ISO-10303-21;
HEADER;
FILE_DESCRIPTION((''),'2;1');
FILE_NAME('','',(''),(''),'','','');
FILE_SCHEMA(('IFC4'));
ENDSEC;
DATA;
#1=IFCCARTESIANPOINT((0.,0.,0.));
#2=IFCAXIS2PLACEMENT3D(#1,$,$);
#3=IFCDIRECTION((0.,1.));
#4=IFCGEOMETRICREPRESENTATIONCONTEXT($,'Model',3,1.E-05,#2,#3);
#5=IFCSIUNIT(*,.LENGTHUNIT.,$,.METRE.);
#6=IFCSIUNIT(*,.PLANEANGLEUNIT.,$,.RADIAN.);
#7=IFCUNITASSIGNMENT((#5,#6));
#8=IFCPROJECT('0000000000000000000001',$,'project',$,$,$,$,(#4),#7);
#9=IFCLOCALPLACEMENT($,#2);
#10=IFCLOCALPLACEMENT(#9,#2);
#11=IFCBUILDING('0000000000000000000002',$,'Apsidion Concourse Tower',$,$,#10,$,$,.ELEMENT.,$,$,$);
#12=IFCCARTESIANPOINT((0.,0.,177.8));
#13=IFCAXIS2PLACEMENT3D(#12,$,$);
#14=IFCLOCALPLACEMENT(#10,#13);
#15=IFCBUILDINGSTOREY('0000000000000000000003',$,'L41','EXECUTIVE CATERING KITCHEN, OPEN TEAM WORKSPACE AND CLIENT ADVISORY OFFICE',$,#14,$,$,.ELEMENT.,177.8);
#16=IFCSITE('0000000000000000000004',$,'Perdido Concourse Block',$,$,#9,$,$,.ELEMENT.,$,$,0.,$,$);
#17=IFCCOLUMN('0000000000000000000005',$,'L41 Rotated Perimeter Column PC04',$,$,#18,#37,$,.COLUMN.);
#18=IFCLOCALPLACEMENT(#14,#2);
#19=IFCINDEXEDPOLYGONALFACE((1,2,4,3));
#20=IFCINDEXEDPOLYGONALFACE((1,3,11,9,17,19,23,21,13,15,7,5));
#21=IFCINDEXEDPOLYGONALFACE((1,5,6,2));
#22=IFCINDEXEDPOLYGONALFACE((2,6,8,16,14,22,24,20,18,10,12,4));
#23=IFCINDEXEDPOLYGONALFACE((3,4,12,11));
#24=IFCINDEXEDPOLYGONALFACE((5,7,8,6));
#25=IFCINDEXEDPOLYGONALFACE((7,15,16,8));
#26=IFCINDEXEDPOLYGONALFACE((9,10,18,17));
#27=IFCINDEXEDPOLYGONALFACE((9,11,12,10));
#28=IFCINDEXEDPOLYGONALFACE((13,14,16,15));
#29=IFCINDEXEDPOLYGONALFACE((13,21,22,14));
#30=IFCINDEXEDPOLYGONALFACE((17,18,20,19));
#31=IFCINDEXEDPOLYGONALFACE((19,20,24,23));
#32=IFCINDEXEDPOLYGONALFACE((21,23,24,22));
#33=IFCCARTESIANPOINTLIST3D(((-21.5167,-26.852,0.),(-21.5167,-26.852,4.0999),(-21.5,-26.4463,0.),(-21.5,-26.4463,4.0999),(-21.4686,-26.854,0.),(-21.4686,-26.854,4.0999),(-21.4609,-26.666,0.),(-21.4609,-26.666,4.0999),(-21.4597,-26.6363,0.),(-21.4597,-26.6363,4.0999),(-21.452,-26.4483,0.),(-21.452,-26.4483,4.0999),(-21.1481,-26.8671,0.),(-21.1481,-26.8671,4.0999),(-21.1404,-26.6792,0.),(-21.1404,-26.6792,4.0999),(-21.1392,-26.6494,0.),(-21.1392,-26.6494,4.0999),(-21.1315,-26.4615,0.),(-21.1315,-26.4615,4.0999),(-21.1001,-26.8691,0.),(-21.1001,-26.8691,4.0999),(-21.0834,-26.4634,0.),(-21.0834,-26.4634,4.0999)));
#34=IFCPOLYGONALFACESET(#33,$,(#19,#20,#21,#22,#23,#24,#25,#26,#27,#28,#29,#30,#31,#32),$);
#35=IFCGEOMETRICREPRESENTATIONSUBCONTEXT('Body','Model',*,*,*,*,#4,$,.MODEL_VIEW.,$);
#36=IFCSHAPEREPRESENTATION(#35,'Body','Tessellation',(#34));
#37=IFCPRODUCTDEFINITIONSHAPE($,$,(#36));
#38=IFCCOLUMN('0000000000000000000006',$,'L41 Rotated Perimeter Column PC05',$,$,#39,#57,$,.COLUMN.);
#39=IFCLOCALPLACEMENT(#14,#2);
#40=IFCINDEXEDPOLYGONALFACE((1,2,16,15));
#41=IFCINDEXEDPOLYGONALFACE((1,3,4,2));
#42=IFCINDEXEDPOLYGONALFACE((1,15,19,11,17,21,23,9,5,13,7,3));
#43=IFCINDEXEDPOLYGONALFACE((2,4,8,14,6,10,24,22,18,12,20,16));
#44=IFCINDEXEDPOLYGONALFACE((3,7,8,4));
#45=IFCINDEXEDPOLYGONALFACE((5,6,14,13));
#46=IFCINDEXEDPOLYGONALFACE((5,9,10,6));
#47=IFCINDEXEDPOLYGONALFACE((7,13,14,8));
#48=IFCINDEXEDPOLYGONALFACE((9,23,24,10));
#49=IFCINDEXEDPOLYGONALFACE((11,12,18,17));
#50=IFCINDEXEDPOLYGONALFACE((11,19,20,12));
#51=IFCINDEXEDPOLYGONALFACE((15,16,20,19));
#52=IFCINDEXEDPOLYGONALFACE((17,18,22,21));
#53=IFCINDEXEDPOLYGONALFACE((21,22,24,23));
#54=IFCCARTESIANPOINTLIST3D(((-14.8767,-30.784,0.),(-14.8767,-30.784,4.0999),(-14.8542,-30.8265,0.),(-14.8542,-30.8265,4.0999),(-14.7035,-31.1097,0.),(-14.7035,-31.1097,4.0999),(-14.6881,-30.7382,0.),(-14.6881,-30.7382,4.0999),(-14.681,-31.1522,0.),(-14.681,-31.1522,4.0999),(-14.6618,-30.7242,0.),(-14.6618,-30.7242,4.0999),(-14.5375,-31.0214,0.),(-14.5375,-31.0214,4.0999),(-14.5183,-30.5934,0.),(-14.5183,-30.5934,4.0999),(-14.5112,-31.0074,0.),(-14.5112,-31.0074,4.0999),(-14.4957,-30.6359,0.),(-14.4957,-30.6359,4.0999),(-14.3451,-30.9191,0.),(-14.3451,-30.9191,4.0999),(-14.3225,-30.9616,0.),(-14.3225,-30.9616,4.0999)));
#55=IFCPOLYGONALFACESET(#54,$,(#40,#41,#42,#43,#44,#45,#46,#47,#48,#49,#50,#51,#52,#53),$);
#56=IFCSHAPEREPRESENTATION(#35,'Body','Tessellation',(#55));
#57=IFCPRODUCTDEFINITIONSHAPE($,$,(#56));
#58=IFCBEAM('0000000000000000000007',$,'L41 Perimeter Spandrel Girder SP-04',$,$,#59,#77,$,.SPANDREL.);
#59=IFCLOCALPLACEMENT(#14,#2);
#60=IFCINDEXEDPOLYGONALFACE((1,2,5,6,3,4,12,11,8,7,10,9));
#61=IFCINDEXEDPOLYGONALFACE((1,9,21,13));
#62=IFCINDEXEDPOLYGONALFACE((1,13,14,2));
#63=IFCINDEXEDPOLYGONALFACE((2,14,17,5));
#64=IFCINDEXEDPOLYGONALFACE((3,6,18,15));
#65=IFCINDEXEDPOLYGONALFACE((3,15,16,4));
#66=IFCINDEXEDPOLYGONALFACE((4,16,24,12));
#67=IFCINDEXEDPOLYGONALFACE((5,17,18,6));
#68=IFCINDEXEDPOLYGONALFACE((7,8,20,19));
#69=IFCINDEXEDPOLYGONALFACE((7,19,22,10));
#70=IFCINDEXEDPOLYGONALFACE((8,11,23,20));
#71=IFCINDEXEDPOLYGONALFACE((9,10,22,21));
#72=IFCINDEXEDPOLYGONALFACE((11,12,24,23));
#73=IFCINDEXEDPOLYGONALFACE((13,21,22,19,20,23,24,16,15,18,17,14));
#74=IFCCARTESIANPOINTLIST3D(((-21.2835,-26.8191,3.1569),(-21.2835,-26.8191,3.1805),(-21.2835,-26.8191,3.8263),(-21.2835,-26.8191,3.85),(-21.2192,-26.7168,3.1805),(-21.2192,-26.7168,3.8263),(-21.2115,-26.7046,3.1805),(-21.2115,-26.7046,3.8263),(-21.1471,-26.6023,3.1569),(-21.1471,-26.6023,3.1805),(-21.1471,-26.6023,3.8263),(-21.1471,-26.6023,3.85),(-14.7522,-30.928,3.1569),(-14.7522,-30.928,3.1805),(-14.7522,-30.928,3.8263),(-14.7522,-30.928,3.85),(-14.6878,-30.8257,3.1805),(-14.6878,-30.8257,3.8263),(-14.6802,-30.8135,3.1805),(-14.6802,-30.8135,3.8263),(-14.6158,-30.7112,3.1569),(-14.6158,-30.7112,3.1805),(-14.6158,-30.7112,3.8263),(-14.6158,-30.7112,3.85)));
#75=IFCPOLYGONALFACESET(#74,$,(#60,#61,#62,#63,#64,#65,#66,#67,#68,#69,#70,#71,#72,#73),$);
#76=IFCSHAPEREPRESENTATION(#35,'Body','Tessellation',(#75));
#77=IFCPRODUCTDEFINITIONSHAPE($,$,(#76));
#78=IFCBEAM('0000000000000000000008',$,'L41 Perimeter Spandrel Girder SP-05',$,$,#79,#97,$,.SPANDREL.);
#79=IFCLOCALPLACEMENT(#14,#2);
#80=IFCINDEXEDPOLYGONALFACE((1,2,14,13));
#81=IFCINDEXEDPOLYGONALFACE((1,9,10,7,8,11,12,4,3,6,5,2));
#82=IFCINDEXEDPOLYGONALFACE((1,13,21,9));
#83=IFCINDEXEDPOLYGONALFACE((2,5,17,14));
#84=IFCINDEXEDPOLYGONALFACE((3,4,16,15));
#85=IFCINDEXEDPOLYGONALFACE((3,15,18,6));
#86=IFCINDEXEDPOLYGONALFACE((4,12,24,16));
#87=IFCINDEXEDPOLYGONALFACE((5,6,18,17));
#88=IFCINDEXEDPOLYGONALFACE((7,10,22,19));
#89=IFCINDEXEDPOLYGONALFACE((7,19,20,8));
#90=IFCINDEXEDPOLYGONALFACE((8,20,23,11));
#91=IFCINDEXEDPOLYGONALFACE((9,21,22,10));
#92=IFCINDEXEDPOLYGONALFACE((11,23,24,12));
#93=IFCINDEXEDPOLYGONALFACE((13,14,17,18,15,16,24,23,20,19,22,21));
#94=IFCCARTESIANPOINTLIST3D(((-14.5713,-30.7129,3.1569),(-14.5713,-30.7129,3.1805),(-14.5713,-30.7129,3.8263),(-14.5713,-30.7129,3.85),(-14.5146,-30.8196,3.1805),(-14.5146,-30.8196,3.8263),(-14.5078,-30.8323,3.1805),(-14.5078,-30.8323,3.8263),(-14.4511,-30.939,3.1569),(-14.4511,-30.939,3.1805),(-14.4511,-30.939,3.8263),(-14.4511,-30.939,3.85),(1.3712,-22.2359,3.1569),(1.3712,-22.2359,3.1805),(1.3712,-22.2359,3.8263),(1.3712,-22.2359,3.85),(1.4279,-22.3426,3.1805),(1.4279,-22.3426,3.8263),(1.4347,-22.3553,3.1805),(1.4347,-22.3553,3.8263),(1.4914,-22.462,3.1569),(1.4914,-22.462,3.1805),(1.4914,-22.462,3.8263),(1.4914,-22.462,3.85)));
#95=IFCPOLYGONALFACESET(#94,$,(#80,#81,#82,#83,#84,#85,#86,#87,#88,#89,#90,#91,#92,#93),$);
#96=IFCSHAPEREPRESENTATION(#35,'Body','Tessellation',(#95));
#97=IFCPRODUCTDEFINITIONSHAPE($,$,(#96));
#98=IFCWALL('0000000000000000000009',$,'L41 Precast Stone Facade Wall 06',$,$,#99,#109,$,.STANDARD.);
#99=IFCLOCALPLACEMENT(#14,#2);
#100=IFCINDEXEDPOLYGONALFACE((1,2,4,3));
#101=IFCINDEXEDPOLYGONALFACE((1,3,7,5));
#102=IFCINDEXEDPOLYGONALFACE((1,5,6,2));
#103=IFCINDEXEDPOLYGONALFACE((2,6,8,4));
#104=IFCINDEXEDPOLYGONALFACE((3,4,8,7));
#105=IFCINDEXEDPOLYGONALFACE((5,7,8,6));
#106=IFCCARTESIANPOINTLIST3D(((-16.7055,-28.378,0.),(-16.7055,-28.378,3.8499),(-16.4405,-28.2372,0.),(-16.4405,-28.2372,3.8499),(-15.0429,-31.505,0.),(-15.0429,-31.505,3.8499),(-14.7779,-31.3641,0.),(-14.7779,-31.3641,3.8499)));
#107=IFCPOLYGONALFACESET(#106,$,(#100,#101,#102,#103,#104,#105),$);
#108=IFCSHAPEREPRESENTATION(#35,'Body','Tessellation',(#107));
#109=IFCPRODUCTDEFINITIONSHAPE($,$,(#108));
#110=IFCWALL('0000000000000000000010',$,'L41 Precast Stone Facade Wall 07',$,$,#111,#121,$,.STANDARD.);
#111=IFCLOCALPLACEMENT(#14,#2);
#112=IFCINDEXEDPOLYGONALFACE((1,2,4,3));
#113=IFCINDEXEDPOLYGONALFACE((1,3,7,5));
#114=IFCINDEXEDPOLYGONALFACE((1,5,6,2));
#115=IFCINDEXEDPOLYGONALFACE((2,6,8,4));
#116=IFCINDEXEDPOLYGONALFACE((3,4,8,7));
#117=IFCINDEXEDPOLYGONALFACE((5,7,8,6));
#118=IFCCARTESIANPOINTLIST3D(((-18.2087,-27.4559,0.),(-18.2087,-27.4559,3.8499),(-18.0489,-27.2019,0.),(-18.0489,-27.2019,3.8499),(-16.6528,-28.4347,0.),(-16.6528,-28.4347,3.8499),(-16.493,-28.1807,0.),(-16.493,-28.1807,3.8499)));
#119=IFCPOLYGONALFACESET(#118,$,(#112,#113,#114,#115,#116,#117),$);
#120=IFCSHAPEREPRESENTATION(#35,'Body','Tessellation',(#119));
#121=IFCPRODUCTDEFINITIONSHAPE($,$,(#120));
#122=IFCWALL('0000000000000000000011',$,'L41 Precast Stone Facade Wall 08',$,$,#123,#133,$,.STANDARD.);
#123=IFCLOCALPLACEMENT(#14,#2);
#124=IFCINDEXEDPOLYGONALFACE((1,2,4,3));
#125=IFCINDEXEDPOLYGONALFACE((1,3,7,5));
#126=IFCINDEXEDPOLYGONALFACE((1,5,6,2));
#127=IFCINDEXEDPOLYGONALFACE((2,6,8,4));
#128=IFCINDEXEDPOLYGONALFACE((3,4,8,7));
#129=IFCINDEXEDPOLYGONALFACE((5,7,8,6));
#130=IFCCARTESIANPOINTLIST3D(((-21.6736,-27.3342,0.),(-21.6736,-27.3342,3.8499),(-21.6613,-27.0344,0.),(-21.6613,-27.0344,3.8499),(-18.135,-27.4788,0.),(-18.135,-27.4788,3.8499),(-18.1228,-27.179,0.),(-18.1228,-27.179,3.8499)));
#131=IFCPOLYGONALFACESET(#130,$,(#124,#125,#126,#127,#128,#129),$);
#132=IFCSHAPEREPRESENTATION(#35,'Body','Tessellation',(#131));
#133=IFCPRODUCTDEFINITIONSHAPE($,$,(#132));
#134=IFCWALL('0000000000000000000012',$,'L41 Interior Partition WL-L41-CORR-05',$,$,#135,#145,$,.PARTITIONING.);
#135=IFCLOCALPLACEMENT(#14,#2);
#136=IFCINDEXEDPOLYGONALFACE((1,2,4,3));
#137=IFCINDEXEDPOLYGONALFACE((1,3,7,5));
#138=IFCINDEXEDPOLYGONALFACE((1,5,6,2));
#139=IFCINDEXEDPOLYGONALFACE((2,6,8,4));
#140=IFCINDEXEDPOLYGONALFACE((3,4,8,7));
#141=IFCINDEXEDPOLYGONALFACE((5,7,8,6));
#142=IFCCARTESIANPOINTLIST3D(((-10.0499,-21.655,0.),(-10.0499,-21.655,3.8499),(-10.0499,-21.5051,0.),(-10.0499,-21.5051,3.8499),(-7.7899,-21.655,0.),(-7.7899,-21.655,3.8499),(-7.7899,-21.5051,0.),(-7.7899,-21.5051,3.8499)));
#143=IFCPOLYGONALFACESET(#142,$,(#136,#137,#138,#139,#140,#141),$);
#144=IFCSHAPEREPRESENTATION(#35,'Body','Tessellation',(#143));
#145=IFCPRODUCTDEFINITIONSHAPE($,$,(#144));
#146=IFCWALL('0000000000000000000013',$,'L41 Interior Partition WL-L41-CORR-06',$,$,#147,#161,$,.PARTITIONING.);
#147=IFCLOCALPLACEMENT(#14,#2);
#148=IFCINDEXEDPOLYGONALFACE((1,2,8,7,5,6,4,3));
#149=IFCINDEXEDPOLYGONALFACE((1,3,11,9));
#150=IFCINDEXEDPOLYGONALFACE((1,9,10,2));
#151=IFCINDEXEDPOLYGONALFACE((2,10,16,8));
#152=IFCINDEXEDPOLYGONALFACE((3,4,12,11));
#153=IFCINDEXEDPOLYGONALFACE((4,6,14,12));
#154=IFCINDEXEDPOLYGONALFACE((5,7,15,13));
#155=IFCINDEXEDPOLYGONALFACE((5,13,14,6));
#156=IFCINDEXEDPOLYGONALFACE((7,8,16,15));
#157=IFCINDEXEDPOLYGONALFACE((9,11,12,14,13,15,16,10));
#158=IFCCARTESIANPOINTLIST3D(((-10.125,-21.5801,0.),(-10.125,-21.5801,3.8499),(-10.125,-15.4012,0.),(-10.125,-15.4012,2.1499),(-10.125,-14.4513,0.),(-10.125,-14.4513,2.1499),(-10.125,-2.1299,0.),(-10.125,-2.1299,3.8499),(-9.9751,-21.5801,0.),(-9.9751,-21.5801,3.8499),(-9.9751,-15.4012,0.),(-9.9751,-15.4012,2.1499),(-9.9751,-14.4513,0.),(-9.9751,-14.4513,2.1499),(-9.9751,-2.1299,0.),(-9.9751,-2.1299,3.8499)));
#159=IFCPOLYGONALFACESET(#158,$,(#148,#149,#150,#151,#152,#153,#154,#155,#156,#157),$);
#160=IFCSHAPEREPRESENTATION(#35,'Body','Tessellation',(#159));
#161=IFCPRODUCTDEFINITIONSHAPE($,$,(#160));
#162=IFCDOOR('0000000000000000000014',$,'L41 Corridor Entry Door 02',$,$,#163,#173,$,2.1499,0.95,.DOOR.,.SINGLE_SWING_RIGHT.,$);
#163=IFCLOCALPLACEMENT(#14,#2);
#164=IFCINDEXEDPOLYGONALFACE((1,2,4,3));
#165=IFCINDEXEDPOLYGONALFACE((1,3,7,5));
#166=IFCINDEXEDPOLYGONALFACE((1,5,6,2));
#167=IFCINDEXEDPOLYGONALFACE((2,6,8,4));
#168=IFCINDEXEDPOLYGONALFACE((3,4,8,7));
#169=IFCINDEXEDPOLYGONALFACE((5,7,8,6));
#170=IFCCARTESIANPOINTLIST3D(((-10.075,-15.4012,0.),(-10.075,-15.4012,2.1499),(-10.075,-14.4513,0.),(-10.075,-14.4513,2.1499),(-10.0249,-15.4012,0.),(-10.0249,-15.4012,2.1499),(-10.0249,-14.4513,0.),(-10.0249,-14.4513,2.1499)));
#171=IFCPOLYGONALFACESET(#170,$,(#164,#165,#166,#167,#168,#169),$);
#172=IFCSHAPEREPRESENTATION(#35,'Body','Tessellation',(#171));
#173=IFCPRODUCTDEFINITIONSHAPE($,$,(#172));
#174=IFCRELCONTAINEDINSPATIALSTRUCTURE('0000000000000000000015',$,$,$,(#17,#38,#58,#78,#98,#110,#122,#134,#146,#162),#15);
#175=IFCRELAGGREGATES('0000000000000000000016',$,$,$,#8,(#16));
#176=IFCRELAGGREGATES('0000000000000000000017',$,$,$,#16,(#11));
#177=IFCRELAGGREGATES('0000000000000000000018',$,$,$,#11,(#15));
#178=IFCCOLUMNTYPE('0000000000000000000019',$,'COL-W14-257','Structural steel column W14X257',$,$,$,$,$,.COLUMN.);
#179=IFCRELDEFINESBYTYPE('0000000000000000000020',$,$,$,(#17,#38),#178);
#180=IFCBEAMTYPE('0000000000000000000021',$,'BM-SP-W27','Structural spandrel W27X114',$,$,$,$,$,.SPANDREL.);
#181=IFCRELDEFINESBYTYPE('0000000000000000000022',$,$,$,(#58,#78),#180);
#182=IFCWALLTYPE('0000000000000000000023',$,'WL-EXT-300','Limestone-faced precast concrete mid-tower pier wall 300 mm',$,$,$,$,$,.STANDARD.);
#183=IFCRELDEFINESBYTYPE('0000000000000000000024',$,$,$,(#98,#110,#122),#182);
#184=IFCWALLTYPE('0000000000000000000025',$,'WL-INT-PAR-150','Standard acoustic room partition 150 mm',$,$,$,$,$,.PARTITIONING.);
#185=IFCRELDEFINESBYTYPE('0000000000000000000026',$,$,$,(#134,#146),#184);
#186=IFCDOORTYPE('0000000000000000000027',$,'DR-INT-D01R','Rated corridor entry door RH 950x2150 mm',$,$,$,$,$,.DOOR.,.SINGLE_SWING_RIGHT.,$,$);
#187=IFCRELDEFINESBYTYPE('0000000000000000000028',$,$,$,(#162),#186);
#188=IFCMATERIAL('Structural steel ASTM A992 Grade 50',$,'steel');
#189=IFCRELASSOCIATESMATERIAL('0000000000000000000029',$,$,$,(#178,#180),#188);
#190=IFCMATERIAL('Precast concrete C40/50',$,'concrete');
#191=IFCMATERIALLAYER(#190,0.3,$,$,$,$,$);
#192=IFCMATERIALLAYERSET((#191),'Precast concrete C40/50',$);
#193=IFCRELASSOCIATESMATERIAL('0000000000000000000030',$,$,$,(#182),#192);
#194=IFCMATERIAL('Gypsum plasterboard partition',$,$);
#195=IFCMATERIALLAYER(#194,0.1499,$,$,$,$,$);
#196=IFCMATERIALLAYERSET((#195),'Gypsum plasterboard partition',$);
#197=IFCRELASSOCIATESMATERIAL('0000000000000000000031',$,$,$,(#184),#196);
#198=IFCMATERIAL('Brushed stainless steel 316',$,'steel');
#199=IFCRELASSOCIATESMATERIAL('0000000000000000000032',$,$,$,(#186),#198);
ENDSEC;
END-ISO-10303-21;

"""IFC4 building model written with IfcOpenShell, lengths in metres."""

from ifc_helpers import new_model, si_unit, direction, frame, frame_2d, origin, origin_2d, place, context, subcontext, project, spatial, rectangle, i_section, extrude, material, layer, layer_set, material_profile, profile_set, type_object, element, fill, save


model = new_model("IFC4")

# Units and contexts
model_context = context("Model", 3, precision=1e-05, world=origin(), true_north=direction((0.0, 1.0)))
body_context = subcontext(model_context, "Body", "Model", "MODEL_VIEW")
ifc_project = project(units=[si_unit("LENGTHUNIT", "METRE"), si_unit("PLANEANGLEUNIT", "RADIAN")], contexts=[model_context])

# Site, building, storey
site_placement = place(None, origin())
site = spatial("IfcSite", under=ifc_project, at=site_placement, Name="Perdido Concourse Block", CompositionType="ELEMENT", RefElevation=0.0)
building_placement = place(site_placement, origin())
building = spatial("IfcBuilding", under=site, at=building_placement, Name="Apsidion Concourse Tower", CompositionType="ELEMENT")
storey_placement = place(building_placement, frame((0.0, 0.0, 177.8)))
storey = spatial("IfcBuildingStorey", under=building, at=storey_placement, Name="L41", Description="EXECUTIVE CATERING KITCHEN, OPEN TEAM WORKSPACE AND CLIENT ADVISORY OFFICE", CompositionType="ELEMENT", Elevation=177.8)

# Columns
ifc_material_1 = material(Name="Structural steel ASTM A992 Grade 50", Category="steel")
ifc_material_profile_1 = material_profile(ifc_material_1, i_section(OverallWidth=0.406, OverallDepth=0.417, WebThickness=0.0298, FlangeThickness=0.0481, at=origin_2d()), Name="W14X257")
ifc_profile_set_1 = profile_set([ifc_material_profile_1], Name="Structural steel ASTM A992 Grade 50")
column_type = type_object("IfcColumnType", Name="COL-W14-257", Description="Structural steel column W14X257", PredefinedType="COLUMN", material=ifc_profile_set_1)
for number, where, z_axis, x_axis, name in (
    (1, (-21.3, -26.6577, 0.0), (0.0, 0.0, 1.0), (0.041004, 0.999159, 0.0), "L41 Rotated Perimeter Column PC04"),
    (2, (-14.5996, -30.8728, 0.0), (0.0, 0.0, 1.0), (0.882948, 0.469472, 0.0), "L41 Rotated Perimeter Column PC05"),
):
    element("IfcColumn", number, at=place(storey_placement, frame(where, z_axis=z_axis, x_axis=x_axis)), inside=storey, type_object=column_type, Name=name, PredefinedType="COLUMN", context=body_context, shape_type="SweptSolid", body=[
        extrude(i_section(OverallWidth=0.406, OverallDepth=0.417, WebThickness=0.0298, FlangeThickness=0.0481, at=origin_2d()), origin(), (0.0, 0.0, 1.0), 4.0999),
    ])

# Beams
ifc_material_profile_2 = material_profile(ifc_material_1, i_section(OverallWidth=0.2561, OverallDepth=0.6931, WebThickness=0.0144, FlangeThickness=0.0237, at=origin_2d()), Name="W27X114")
ifc_profile_set_2 = profile_set([ifc_material_profile_2], Name="Structural steel ASTM A992 Grade 50")
beam_type = type_object("IfcBeamType", Name="BM-SP-W27", Description="Structural spandrel W27X114", PredefinedType="SPANDREL", material=ifc_profile_set_2)
beam_1_placement = place(storey_placement, frame((-21.2153, -26.7107, 3.5034), z_axis=(0.84643, -0.532499, 0.0), x_axis=(0.532499, 0.84643, 0.0)))
element("IfcBeam", 3, at=beam_1_placement, inside=storey, type_object=beam_type, Name="L41 Perimeter Spandrel Girder SP-04", PredefinedType="SPANDREL", context=body_context, shape_type="SweptSolid", body=[
    extrude(i_section(OverallWidth=0.2561, OverallDepth=0.6931, WebThickness=0.0144, FlangeThickness=0.0237, at=origin_2d()), origin(), (0.0, 0.0, 1.0), 7.7163),
])
beam_2_placement = place(storey_placement, frame((-14.5112, -30.8259, 3.5034), z_axis=(0.882943, 0.46948, 0.0), x_axis=(-0.46948, 0.882943, 0.0)))
element("IfcBeam", 4, at=beam_2_placement, inside=storey, type_object=beam_type, Name="L41 Perimeter Spandrel Girder SP-05", PredefinedType="SPANDREL", context=body_context, shape_type="SweptSolid", body=[
    extrude(i_section(OverallWidth=0.2561, OverallDepth=0.6931, WebThickness=0.0144, FlangeThickness=0.0237, at=origin_2d()), origin(), (0.0, 0.0, 1.0), 18.0562),
])

# Walls
ifc_material_2 = material(Name="Precast concrete C40/50", Category="concrete")
ifc_layer_1 = layer(ifc_material_2, 0.3)
ifc_layer_set_1 = layer_set([ifc_layer_1], Name="Precast concrete C40/50")
wall_type_1 = type_object("IfcWallType", Name="WL-EXT-300", Description="Limestone-faced precast concrete mid-tower pier wall 300 mm", PredefinedType="STANDARD", material=ifc_layer_set_1)
wall_1_placement = place(storey_placement, frame((-14.9104, -31.4346, 0.0), z_axis=(0.0, 0.0, 1.0), x_axis=(-0.469464, 0.882951, 0.0)))
element("IfcWall", 5, at=wall_1_placement, inside=storey, type_object=wall_type_1, Name="L41 Precast Stone Facade Wall 06", PredefinedType="STANDARD", context=body_context, shape_type="SweptSolid", body=[
    extrude(rectangle(XDim=3.5415, YDim=0.3, at=frame_2d((1.7708, 0.0))), origin(), (0.0, 0.0, 1.0), 3.8499),
])
wall_2_placement = place(storey_placement, frame((-16.573, -28.3076, 0.0), z_axis=(0.0, 0.0, 1.0), x_axis=(-0.84645, 0.532468, 0.0)))
element("IfcWall", 6, at=wall_2_placement, inside=storey, type_object=wall_type_1, Name="L41 Precast Stone Facade Wall 07", PredefinedType="STANDARD", context=body_context, shape_type="SweptSolid", body=[
    extrude(rectangle(XDim=1.8381, YDim=0.3, at=frame_2d((0.9189, 0.0))), origin(), (0.0, 0.0, 1.0), 3.8499),
])
wall_3_placement = place(storey_placement, frame((-18.1289, -27.3289, 0.0), z_axis=(0.0, 0.0, 1.0), x_axis=(-0.999167, 0.04081, 0.0)))
element("IfcWall", 7, at=wall_3_placement, inside=storey, type_object=wall_type_1, Name="L41 Precast Stone Facade Wall 08", PredefinedType="STANDARD", context=body_context, shape_type="SweptSolid", body=[
    extrude(rectangle(XDim=3.5415, YDim=0.3, at=frame_2d((1.7708, 0.0))), origin(), (0.0, 0.0, 1.0), 3.8499),
])

# Wall
ifc_material_3 = material(Name="Gypsum plasterboard partition")
ifc_layer_2 = layer(ifc_material_3, 0.1499)
ifc_layer_set_2 = layer_set([ifc_layer_2], Name="Gypsum plasterboard partition")
wall_type_2 = type_object("IfcWallType", Name="WL-INT-PAR-150", Description="Standard acoustic room partition 150 mm", PredefinedType="PARTITIONING", material=ifc_layer_set_2)
wall_4_placement = place(storey_placement, frame((-7.79, -21.5801, 0.0), z_axis=(0.0, 0.0, 1.0), x_axis=(-1.0, 0.0, 0.0)))
element("IfcWall", 8, at=wall_4_placement, inside=storey, type_object=wall_type_2, Name="L41 Interior Partition WL-L41-CORR-05", PredefinedType="PARTITIONING", context=body_context, shape_type="SweptSolid", body=[
    extrude(rectangle(XDim=2.26, YDim=0.1499, at=frame_2d((1.1299, 0.0))), origin(), (0.0, 0.0, 1.0), 3.8499),
])

# Wall, opening, door
wall_5_placement = place(storey_placement, frame((-10.05, -21.5801, 0.0), z_axis=(0.0, 0.0, 1.0), x_axis=(0.0, 1.0, 0.0)))
wall_5 = element("IfcWall", 9, at=wall_5_placement, inside=storey, type_object=wall_type_2, Name="L41 Interior Partition WL-L41-CORR-06", PredefinedType="PARTITIONING", context=body_context, shape_type="SweptSolid", body=[
    extrude(rectangle(XDim=19.4502, YDim=0.1499, at=frame_2d((9.7251, 0.0))), origin(), (0.0, 0.0, 1.0), 3.8499),
])
opening_1_placement = place(wall_5_placement, frame((6.1787, 0.0, 0.0)))
opening_1 = element("IfcOpeningElement", 10, at=opening_1_placement, cuts=wall_5, PredefinedType="OPENING", context=body_context, shape_type="SweptSolid", body=[
    extrude(rectangle(XDim=0.95, YDim=2.1499, at=frame_2d((0.4751, 1.075))), frame((0.0, 0.085, 0.0), z_axis=(0.0, -1.0, 0.0), x_axis=(1.0, 0.0, 0.0)), (0.0, 0.0, 1.0), 0.1699),
])
ifc_material_4 = material(Name="Brushed stainless steel 316", Category="steel")
door_type_1 = type_object("IfcDoorType", Name="DR-INT-D01R", Description="Rated corridor entry door RH 950x2150 mm", OperationType="SINGLE_SWING_RIGHT", PredefinedType="DOOR", material=ifc_material_4)
door_1_placement = place(opening_1_placement, origin())
door_1 = element("IfcDoor", 11, at=door_1_placement, inside=storey, type_object=door_type_1, Name="L41 Corridor Entry Door 02", OperationType="SINGLE_SWING_RIGHT", OverallHeight=2.1499, OverallWidth=0.95, PredefinedType="DOOR", context=body_context, shape_type="SweptSolid", body=[
    extrude(rectangle(XDim=0.95, YDim=2.1499, at=frame_2d((0.4751, 1.075))), frame((0.0, 0.0249, 0.0), z_axis=(0.0, -1.0, 0.0), x_axis=(1.0, 0.0, 0.0)), (0.0, 0.0, 1.0), 0.05),
])
fill(opening_1, door_1)

save(model, "model.ifc")
